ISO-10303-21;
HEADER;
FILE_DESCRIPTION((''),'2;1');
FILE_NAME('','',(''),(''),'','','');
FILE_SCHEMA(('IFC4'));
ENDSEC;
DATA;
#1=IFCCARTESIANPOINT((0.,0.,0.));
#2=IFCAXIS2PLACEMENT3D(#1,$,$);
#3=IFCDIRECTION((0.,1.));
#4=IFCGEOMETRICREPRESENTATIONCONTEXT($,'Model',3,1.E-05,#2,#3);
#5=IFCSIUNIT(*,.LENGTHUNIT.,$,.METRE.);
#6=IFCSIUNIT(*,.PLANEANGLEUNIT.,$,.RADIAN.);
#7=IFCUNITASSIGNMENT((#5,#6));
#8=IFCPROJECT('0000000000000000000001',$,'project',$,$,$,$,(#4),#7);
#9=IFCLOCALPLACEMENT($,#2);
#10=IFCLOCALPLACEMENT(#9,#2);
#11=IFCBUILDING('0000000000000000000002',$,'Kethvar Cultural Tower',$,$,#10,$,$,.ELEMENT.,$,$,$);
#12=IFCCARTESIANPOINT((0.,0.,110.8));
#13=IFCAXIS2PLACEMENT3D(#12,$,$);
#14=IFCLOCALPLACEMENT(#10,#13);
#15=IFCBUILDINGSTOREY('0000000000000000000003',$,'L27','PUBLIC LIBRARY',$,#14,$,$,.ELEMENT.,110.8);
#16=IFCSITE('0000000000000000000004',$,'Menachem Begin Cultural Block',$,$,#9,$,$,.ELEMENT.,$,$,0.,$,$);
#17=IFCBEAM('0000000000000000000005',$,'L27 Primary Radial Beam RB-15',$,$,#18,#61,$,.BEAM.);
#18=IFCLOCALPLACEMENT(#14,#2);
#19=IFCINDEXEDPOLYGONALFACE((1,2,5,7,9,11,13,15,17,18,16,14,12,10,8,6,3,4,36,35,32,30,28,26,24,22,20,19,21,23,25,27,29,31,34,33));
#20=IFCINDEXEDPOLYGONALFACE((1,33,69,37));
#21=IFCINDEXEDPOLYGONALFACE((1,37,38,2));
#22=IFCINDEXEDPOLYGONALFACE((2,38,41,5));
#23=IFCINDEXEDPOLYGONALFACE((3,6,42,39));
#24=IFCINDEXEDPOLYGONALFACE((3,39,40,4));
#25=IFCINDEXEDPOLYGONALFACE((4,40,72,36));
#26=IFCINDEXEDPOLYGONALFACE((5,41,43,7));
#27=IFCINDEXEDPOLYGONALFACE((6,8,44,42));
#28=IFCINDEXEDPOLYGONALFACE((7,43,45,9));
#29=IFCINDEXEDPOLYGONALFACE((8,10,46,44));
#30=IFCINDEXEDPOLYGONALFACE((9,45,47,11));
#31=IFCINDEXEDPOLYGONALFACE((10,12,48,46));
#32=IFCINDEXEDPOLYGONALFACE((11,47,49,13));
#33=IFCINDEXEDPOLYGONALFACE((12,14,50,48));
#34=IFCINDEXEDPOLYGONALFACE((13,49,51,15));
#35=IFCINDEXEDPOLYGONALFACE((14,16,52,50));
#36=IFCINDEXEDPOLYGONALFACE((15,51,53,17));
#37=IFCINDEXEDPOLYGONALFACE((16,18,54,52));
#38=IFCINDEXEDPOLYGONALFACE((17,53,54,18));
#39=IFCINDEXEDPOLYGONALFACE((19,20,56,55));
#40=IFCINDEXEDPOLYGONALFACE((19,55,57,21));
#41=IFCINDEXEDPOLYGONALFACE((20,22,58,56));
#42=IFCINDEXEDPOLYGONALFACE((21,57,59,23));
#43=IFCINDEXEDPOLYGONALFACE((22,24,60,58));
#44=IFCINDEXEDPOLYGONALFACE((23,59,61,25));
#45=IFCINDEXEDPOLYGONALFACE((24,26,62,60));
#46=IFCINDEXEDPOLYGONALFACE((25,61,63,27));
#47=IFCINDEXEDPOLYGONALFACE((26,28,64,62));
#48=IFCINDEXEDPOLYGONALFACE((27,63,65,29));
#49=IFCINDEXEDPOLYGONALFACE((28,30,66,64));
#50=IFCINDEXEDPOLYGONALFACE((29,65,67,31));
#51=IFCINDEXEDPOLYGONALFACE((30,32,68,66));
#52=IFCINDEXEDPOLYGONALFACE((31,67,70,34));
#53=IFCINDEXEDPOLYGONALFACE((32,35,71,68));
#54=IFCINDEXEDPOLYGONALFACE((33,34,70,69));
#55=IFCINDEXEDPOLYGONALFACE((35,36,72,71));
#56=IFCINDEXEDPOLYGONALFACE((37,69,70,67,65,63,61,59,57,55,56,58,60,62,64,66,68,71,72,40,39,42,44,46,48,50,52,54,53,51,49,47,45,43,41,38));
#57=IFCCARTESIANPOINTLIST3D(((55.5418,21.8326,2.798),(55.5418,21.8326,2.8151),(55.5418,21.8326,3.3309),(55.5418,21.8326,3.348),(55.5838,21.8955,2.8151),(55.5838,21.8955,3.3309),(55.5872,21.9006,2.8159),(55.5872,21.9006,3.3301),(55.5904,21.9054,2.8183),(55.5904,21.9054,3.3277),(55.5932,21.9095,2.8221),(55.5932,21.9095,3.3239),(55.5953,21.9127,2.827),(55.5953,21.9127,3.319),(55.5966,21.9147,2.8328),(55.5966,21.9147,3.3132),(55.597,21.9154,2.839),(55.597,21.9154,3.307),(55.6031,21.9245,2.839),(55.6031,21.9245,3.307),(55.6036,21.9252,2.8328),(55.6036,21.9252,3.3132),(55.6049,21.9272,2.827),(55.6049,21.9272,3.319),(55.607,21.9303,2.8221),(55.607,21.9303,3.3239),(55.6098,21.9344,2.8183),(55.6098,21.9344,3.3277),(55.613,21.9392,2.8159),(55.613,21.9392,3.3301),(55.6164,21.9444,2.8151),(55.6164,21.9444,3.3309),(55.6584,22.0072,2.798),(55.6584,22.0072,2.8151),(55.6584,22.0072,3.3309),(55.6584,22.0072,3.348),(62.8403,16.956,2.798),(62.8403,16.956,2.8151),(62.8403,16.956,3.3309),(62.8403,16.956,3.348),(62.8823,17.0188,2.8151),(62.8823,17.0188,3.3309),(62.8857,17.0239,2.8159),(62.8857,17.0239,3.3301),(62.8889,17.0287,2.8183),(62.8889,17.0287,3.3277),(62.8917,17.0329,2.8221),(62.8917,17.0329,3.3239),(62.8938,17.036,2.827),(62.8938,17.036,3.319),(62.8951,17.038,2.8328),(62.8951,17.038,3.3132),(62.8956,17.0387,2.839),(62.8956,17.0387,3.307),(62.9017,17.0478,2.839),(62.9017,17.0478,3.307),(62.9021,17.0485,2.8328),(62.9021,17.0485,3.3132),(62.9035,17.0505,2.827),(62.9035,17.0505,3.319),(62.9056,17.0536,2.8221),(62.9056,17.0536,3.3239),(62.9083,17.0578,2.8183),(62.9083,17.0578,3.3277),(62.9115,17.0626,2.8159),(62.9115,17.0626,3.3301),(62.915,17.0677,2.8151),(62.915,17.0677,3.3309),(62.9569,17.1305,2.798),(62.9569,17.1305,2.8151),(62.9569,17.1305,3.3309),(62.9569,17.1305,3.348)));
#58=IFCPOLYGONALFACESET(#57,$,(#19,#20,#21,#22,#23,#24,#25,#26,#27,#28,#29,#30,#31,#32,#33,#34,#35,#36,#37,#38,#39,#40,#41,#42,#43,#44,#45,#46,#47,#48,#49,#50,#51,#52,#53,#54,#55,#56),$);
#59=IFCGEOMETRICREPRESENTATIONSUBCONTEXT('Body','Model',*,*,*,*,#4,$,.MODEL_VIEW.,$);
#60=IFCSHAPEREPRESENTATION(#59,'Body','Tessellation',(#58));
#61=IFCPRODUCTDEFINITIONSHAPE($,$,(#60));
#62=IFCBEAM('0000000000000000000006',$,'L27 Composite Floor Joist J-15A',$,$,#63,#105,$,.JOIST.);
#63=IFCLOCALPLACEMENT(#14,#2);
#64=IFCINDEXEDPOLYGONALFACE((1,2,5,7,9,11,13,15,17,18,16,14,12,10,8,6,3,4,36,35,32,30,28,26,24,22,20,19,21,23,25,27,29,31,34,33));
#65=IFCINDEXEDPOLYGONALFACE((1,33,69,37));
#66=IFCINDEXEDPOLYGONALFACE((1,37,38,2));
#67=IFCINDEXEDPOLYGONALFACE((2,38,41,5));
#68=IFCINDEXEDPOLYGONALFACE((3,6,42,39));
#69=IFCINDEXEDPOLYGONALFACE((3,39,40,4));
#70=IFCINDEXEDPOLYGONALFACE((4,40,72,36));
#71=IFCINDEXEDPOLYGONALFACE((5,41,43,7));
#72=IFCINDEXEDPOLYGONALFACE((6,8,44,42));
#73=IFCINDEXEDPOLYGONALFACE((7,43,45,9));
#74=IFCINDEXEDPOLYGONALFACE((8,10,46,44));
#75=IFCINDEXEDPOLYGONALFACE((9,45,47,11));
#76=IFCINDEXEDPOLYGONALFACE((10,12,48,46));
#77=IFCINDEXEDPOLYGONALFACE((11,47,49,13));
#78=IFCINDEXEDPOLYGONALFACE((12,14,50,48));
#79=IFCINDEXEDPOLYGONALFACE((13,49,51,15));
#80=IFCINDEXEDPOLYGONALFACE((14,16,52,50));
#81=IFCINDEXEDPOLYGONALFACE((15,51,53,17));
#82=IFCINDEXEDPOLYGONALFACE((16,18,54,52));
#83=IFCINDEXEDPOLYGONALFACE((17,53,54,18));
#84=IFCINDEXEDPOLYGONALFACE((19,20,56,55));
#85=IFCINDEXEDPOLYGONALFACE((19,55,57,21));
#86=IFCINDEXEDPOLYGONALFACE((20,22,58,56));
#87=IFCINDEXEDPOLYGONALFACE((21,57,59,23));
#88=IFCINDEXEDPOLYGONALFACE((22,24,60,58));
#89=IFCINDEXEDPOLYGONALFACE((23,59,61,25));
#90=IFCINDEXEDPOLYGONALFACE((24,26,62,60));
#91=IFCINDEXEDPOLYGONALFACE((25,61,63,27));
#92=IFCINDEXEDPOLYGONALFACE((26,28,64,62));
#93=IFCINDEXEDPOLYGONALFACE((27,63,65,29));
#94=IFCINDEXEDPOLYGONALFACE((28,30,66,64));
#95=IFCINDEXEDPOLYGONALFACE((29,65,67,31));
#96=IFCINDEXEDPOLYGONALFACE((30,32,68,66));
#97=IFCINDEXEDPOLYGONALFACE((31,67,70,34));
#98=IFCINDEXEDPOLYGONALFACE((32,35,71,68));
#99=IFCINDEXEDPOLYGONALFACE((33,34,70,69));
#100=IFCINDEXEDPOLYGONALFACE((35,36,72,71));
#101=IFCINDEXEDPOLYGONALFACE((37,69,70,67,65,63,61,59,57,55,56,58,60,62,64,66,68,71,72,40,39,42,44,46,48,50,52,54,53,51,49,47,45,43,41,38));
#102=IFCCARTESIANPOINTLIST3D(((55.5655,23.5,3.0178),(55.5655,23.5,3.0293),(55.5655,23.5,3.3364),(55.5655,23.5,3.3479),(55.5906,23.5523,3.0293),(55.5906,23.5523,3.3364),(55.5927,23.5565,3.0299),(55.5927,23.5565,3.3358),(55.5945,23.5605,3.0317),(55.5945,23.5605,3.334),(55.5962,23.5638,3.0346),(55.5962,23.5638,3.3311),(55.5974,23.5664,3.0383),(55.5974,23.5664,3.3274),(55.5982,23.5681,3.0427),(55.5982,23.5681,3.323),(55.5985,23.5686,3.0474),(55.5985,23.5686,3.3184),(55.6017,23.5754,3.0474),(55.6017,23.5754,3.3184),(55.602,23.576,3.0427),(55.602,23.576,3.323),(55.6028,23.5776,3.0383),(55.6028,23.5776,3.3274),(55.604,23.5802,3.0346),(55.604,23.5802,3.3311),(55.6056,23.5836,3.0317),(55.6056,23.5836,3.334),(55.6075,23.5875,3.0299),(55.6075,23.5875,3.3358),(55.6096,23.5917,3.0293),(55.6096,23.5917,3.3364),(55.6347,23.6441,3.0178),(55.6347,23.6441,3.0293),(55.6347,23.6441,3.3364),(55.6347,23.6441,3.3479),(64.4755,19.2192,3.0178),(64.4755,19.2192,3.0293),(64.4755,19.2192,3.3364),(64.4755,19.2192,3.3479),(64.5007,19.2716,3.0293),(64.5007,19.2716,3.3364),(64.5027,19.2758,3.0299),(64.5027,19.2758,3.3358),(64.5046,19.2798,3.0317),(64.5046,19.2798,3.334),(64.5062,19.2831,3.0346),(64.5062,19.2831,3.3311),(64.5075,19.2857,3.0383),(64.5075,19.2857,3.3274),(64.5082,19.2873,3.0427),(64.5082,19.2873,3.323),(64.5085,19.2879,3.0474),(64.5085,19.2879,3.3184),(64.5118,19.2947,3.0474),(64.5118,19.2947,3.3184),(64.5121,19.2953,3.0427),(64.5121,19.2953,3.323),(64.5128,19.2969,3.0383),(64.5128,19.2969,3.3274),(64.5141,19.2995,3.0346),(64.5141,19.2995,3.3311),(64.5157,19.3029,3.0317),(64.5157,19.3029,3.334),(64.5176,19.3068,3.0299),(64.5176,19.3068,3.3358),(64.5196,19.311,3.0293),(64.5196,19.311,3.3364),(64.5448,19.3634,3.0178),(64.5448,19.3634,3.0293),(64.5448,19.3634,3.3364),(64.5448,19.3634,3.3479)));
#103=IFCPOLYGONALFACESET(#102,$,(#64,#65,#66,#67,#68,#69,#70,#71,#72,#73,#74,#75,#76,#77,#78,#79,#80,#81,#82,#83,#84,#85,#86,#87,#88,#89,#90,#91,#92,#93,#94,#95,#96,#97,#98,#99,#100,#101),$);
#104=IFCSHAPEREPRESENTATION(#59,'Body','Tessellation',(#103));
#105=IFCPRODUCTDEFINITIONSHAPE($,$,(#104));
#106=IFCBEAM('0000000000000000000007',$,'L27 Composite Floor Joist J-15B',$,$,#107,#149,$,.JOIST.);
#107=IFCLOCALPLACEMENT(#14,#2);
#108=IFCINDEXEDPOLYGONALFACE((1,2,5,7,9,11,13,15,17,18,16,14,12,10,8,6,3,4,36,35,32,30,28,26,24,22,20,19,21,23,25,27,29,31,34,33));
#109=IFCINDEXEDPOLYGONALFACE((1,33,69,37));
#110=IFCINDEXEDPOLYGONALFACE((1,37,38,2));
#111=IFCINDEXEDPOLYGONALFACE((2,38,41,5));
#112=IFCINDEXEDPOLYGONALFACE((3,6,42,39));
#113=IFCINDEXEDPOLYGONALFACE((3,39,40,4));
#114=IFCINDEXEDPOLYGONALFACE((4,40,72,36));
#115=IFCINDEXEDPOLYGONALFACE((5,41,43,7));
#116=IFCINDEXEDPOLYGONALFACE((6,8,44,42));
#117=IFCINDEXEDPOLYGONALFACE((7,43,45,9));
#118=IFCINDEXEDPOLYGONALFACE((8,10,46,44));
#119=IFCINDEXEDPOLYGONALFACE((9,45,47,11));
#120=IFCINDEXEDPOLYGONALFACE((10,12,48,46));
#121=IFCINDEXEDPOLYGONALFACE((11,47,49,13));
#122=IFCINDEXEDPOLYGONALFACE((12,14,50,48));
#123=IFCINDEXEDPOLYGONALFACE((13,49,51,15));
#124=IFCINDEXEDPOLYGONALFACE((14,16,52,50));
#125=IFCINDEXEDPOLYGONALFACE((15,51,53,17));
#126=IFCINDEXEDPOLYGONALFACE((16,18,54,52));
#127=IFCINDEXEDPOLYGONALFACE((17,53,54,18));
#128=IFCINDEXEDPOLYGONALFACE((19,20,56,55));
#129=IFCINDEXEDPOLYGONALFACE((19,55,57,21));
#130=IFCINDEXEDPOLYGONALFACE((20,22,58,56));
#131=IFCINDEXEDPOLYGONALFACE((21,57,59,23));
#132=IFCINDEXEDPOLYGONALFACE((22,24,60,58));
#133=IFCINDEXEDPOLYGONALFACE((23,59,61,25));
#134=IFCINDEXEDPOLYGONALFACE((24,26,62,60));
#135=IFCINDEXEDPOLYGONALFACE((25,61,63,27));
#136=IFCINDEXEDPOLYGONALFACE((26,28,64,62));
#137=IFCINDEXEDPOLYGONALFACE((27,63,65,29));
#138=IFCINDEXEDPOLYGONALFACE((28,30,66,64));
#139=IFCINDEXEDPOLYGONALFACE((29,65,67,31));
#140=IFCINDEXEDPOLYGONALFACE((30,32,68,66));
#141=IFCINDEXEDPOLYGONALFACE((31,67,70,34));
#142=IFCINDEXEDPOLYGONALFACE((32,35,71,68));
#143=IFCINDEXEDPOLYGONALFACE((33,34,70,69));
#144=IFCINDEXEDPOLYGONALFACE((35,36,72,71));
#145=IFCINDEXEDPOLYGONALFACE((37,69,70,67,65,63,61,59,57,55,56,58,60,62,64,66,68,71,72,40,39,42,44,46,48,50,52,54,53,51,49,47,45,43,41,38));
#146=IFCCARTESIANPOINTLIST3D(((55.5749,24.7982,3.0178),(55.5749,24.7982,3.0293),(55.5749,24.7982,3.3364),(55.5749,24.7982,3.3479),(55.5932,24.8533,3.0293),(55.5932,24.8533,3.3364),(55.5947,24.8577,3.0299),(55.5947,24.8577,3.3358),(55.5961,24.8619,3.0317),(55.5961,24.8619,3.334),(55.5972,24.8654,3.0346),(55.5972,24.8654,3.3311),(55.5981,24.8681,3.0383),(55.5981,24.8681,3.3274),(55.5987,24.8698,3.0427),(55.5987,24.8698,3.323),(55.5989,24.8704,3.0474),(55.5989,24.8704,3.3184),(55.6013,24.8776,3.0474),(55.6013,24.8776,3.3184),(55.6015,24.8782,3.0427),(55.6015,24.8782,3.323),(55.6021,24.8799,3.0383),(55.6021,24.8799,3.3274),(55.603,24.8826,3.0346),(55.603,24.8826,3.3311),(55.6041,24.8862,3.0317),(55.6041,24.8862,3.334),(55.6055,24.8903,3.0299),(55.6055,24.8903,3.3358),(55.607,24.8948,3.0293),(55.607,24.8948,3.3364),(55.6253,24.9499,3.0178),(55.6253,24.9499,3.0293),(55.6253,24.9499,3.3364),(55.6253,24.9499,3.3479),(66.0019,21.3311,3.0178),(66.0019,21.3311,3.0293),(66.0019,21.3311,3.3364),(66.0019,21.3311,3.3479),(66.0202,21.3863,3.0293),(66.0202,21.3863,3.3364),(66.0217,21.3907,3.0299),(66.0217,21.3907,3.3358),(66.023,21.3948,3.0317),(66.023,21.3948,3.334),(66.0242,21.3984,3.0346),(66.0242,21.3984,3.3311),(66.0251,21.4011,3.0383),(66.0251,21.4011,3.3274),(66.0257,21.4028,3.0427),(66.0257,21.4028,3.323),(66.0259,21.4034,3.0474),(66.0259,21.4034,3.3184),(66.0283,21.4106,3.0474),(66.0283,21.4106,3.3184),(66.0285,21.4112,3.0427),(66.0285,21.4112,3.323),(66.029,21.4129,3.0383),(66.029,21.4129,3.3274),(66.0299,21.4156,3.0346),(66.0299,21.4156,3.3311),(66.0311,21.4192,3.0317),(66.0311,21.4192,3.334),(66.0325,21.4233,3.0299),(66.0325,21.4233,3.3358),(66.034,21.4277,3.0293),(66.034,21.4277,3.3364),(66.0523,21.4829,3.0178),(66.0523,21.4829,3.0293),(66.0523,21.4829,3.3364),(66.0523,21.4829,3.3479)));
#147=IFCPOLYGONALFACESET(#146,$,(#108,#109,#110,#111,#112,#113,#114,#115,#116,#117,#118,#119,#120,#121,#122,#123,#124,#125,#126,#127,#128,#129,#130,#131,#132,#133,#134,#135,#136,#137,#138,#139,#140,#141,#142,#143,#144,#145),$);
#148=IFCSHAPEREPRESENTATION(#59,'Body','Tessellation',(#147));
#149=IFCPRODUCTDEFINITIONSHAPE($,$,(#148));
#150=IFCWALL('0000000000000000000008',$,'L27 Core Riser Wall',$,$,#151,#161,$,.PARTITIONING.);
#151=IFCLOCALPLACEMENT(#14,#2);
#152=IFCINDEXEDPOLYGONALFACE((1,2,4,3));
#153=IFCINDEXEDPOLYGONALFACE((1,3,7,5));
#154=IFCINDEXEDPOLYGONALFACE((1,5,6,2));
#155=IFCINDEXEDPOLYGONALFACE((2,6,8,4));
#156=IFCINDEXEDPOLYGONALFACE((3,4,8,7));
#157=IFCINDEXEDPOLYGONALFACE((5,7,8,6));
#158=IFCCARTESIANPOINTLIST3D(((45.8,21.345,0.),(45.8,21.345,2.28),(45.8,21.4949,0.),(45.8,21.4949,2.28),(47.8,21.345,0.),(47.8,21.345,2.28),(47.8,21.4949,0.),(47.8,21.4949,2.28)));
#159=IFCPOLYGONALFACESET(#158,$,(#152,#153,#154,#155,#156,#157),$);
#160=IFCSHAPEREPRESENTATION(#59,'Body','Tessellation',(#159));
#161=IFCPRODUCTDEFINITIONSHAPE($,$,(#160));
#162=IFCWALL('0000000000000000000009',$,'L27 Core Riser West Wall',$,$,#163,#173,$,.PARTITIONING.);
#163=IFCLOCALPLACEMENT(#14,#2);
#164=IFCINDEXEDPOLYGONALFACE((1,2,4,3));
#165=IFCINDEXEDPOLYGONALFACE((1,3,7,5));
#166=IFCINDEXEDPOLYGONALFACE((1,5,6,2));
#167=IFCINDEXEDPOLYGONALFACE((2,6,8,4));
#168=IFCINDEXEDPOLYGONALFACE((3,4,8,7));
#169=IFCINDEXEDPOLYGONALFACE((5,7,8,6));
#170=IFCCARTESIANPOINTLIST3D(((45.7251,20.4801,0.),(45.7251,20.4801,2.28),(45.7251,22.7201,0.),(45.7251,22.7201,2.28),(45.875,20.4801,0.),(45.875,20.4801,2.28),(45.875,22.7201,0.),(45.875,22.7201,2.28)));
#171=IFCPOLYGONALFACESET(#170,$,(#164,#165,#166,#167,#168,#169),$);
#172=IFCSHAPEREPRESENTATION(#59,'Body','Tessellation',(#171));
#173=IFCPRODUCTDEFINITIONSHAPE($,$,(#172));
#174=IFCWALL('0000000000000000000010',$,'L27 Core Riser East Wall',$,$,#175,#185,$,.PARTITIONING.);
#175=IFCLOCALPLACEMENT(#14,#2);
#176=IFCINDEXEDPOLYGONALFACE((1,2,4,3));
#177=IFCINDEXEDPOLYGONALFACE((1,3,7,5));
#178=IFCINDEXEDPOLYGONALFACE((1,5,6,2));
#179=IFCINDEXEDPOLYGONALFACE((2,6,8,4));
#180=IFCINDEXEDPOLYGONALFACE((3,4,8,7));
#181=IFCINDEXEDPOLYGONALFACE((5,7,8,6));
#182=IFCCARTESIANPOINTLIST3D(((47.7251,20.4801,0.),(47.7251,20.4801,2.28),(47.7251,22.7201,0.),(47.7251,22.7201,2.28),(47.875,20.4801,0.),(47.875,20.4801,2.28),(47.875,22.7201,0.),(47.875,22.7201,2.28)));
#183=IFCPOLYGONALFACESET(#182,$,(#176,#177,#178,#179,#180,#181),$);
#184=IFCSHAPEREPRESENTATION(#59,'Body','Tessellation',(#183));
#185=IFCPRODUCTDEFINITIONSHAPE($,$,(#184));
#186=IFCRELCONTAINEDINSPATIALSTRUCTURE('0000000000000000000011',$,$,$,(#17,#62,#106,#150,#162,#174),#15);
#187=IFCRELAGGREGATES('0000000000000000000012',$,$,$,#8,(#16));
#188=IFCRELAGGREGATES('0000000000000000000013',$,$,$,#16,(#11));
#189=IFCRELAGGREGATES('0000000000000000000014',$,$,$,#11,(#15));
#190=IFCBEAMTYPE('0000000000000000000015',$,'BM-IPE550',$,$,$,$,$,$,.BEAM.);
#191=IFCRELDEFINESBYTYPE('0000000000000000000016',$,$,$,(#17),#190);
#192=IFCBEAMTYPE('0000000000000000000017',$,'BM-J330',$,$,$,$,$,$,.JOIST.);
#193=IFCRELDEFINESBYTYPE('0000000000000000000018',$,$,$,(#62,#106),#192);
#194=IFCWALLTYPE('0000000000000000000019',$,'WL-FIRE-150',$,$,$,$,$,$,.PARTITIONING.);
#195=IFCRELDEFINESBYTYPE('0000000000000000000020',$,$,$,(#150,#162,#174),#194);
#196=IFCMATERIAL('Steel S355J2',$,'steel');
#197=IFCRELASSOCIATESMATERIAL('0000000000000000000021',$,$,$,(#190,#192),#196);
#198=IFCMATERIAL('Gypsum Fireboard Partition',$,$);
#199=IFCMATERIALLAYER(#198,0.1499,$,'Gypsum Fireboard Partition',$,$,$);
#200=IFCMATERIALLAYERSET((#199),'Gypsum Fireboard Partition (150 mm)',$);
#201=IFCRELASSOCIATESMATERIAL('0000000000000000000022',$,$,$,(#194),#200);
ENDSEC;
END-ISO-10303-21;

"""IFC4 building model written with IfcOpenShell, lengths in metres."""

from ifc_helpers import new_model, si_unit, direction, frame, frame_2d, origin, origin_2d, place, context, subcontext, project, spatial, rectangle, i_section, extrude, source, transform, mapped, material, layer, layer_set, material_profile, profile_set, type_object, element, save


model = new_model("IFC4")

# Units and contexts
model_context = context("Model", 3, precision=1e-05, world=origin(), true_north=direction((0.0, 1.0)))
body_context = subcontext(model_context, "Body", "Model", "MODEL_VIEW")
ifc_project = project(units=[si_unit("LENGTHUNIT", "METRE"), si_unit("PLANEANGLEUNIT", "RADIAN")], contexts=[model_context])

# Site, building, storey
site_placement = place(None, origin())
site = spatial("IfcSite", under=ifc_project, at=site_placement, Name="Menachem Begin Cultural Block", CompositionType="ELEMENT", RefElevation=0.0)
building_placement = place(site_placement, origin())
building = spatial("IfcBuilding", under=site, at=building_placement, Name="Kethvar Cultural Tower", CompositionType="ELEMENT")
storey_placement = place(building_placement, frame((0.0, 0.0, 110.8)))
storey = spatial("IfcBuildingStorey", under=building, at=storey_placement, Name="L27", Description="PUBLIC LIBRARY", CompositionType="ELEMENT", Elevation=110.8)

# Beams
ifc_material_1 = material(Name="Steel S355J2", Category="steel")
ifc_material_profile_1 = material_profile(ifc_material_1, i_section(OverallWidth=0.21, OverallDepth=0.55, WebThickness=0.011, FlangeThickness=0.0171, FilletRadius=0.0239, at=origin_2d()), Name="Steel S355J2 — IPE550")
ifc_profile_set_1 = profile_set([ifc_material_profile_1], Name="Steel S355J2 — IPE550")
beam_type_1 = type_object("IfcBeamType", Name="BM-IPE550", PredefinedType="BEAM", material=ifc_profile_set_1)
shared_shape_1 = source(origin(), body_context, "Body", "SweptSolid", [
    extrude(i_section(OverallWidth=0.21, OverallDepth=0.55, WebThickness=0.011, FlangeThickness=0.0171, FilletRadius=0.0239, at=origin_2d()), origin(), (0.0, 0.0, 1.0), 8.7778),
])
beam_1_placement = place(storey_placement, frame((55.6001, 21.9199, 3.073), z_axis=(0.831472, -0.555566, 0.0), x_axis=(0.555566, 0.831472, 0.0)))
element("IfcBeam", 1, at=beam_1_placement, inside=storey, type_object=beam_type_1, Name="L27 Primary Radial Beam RB-15", PredefinedType="BEAM", context=body_context, shape_type="MappedRepresentation", body=[
    mapped(shared_shape_1, transform((0.0, 0.0, 0.0), scale=1.0)),
])
ifc_material_profile_2 = material_profile(ifc_material_1, i_section(OverallWidth=0.1599, OverallDepth=0.3301, WebThickness=0.0076, FlangeThickness=0.0115, FilletRadius=0.0181, at=origin_2d()), Name="Steel S355J2 — IPE330")
ifc_profile_set_2 = profile_set([ifc_material_profile_2], Name="Steel S355J2 — IPE330")
beam_type_2 = type_object("IfcBeamType", Name="BM-J330", PredefinedType="JOIST", material=ifc_profile_set_2)
shared_shape_2 = source(origin(), body_context, "Body", "SweptSolid", [
    extrude(i_section(OverallWidth=0.1599, OverallDepth=0.3301, WebThickness=0.0076, FlangeThickness=0.0115, FilletRadius=0.0181, at=origin_2d()), origin(), (0.0, 0.0, 1.0), 9.885),
])
beam_2_placement = place(storey_placement, frame((55.6001, 23.572, 3.1829), z_axis=(0.90137, -0.433051, 0.0), x_axis=(0.433051, 0.90137, 0.0)))
element("IfcBeam", 2, at=beam_2_placement, inside=storey, type_object=beam_type_2, Name="L27 Composite Floor Joist J-15A", PredefinedType="JOIST", context=body_context, shape_type="MappedRepresentation", body=[
    mapped(shared_shape_2, transform((0.0, 0.0, 0.0), scale=1.0)),
])
shared_shape_3 = source(origin(), body_context, "Body", "SweptSolid", [
    extrude(i_section(OverallWidth=0.1599, OverallDepth=0.3301, WebThickness=0.0076, FlangeThickness=0.0115, FilletRadius=0.0181, at=origin_2d()), origin(), (0.0, 0.0, 1.0), 10.9883),
])
beam_3_placement = place(storey_placement, frame((55.6001, 24.874, 3.1829), z_axis=(0.948919, -0.315521, 0.0), x_axis=(0.315521, 0.948919, 0.0)))
element("IfcBeam", 3, at=beam_3_placement, inside=storey, type_object=beam_type_2, Name="L27 Composite Floor Joist J-15B", PredefinedType="JOIST", context=body_context, shape_type="MappedRepresentation", body=[
    mapped(shared_shape_3, transform((0.0, 0.0, 0.0), scale=1.0)),
])

# Walls
ifc_material_2 = material(Name="Gypsum Fireboard Partition")
ifc_layer_1 = layer(ifc_material_2, 0.1499, Name="Gypsum Fireboard Partition")
ifc_layer_set_1 = layer_set([ifc_layer_1], Name="Gypsum Fireboard Partition (150 mm)")
wall_type_1 = type_object("IfcWallType", Name="WL-FIRE-150", PredefinedType="PARTITIONING", material=ifc_layer_set_1)
wall_1_placement = place(storey_placement, frame((45.8, 21.4199, 0.0), z_axis=(0.0, 0.0, 1.0), x_axis=(1.0, 0.0, 0.0)))
element("IfcWall", 4, at=wall_1_placement, inside=storey, type_object=wall_type_1, Name="L27 Core Riser Wall", PredefinedType="PARTITIONING", context=body_context, shape_type="SweptSolid", body=[
    extrude(rectangle(XDim=2.0, YDim=0.1499, at=frame_2d((1.0, 0.0))), origin(), (0.0, 0.0, 1.0), 2.28),
])
for number, where, z_axis, x_axis, name in (
    (5, (45.8, 20.48, 0.0), (0.0, 0.0, 1.0), (0.0, 1.0, 0.0), "L27 Core Riser West Wall"),
    (6, (47.8, 20.48, 0.0), (0.0, 0.0, 1.0), (0.0, 1.0, 0.0), "L27 Core Riser East Wall"),
):
    element("IfcWall", number, at=place(storey_placement, frame(where, z_axis=z_axis, x_axis=x_axis)), inside=storey, type_object=wall_type_1, Name=name, PredefinedType="PARTITIONING", context=body_context, shape_type="SweptSolid", body=[
        extrude(rectangle(XDim=2.24, YDim=0.1499, at=frame_2d((1.1201, 0.0))), origin(), (0.0, 0.0, 1.0), 2.28),
    ])

save(model, "model.ifc")
